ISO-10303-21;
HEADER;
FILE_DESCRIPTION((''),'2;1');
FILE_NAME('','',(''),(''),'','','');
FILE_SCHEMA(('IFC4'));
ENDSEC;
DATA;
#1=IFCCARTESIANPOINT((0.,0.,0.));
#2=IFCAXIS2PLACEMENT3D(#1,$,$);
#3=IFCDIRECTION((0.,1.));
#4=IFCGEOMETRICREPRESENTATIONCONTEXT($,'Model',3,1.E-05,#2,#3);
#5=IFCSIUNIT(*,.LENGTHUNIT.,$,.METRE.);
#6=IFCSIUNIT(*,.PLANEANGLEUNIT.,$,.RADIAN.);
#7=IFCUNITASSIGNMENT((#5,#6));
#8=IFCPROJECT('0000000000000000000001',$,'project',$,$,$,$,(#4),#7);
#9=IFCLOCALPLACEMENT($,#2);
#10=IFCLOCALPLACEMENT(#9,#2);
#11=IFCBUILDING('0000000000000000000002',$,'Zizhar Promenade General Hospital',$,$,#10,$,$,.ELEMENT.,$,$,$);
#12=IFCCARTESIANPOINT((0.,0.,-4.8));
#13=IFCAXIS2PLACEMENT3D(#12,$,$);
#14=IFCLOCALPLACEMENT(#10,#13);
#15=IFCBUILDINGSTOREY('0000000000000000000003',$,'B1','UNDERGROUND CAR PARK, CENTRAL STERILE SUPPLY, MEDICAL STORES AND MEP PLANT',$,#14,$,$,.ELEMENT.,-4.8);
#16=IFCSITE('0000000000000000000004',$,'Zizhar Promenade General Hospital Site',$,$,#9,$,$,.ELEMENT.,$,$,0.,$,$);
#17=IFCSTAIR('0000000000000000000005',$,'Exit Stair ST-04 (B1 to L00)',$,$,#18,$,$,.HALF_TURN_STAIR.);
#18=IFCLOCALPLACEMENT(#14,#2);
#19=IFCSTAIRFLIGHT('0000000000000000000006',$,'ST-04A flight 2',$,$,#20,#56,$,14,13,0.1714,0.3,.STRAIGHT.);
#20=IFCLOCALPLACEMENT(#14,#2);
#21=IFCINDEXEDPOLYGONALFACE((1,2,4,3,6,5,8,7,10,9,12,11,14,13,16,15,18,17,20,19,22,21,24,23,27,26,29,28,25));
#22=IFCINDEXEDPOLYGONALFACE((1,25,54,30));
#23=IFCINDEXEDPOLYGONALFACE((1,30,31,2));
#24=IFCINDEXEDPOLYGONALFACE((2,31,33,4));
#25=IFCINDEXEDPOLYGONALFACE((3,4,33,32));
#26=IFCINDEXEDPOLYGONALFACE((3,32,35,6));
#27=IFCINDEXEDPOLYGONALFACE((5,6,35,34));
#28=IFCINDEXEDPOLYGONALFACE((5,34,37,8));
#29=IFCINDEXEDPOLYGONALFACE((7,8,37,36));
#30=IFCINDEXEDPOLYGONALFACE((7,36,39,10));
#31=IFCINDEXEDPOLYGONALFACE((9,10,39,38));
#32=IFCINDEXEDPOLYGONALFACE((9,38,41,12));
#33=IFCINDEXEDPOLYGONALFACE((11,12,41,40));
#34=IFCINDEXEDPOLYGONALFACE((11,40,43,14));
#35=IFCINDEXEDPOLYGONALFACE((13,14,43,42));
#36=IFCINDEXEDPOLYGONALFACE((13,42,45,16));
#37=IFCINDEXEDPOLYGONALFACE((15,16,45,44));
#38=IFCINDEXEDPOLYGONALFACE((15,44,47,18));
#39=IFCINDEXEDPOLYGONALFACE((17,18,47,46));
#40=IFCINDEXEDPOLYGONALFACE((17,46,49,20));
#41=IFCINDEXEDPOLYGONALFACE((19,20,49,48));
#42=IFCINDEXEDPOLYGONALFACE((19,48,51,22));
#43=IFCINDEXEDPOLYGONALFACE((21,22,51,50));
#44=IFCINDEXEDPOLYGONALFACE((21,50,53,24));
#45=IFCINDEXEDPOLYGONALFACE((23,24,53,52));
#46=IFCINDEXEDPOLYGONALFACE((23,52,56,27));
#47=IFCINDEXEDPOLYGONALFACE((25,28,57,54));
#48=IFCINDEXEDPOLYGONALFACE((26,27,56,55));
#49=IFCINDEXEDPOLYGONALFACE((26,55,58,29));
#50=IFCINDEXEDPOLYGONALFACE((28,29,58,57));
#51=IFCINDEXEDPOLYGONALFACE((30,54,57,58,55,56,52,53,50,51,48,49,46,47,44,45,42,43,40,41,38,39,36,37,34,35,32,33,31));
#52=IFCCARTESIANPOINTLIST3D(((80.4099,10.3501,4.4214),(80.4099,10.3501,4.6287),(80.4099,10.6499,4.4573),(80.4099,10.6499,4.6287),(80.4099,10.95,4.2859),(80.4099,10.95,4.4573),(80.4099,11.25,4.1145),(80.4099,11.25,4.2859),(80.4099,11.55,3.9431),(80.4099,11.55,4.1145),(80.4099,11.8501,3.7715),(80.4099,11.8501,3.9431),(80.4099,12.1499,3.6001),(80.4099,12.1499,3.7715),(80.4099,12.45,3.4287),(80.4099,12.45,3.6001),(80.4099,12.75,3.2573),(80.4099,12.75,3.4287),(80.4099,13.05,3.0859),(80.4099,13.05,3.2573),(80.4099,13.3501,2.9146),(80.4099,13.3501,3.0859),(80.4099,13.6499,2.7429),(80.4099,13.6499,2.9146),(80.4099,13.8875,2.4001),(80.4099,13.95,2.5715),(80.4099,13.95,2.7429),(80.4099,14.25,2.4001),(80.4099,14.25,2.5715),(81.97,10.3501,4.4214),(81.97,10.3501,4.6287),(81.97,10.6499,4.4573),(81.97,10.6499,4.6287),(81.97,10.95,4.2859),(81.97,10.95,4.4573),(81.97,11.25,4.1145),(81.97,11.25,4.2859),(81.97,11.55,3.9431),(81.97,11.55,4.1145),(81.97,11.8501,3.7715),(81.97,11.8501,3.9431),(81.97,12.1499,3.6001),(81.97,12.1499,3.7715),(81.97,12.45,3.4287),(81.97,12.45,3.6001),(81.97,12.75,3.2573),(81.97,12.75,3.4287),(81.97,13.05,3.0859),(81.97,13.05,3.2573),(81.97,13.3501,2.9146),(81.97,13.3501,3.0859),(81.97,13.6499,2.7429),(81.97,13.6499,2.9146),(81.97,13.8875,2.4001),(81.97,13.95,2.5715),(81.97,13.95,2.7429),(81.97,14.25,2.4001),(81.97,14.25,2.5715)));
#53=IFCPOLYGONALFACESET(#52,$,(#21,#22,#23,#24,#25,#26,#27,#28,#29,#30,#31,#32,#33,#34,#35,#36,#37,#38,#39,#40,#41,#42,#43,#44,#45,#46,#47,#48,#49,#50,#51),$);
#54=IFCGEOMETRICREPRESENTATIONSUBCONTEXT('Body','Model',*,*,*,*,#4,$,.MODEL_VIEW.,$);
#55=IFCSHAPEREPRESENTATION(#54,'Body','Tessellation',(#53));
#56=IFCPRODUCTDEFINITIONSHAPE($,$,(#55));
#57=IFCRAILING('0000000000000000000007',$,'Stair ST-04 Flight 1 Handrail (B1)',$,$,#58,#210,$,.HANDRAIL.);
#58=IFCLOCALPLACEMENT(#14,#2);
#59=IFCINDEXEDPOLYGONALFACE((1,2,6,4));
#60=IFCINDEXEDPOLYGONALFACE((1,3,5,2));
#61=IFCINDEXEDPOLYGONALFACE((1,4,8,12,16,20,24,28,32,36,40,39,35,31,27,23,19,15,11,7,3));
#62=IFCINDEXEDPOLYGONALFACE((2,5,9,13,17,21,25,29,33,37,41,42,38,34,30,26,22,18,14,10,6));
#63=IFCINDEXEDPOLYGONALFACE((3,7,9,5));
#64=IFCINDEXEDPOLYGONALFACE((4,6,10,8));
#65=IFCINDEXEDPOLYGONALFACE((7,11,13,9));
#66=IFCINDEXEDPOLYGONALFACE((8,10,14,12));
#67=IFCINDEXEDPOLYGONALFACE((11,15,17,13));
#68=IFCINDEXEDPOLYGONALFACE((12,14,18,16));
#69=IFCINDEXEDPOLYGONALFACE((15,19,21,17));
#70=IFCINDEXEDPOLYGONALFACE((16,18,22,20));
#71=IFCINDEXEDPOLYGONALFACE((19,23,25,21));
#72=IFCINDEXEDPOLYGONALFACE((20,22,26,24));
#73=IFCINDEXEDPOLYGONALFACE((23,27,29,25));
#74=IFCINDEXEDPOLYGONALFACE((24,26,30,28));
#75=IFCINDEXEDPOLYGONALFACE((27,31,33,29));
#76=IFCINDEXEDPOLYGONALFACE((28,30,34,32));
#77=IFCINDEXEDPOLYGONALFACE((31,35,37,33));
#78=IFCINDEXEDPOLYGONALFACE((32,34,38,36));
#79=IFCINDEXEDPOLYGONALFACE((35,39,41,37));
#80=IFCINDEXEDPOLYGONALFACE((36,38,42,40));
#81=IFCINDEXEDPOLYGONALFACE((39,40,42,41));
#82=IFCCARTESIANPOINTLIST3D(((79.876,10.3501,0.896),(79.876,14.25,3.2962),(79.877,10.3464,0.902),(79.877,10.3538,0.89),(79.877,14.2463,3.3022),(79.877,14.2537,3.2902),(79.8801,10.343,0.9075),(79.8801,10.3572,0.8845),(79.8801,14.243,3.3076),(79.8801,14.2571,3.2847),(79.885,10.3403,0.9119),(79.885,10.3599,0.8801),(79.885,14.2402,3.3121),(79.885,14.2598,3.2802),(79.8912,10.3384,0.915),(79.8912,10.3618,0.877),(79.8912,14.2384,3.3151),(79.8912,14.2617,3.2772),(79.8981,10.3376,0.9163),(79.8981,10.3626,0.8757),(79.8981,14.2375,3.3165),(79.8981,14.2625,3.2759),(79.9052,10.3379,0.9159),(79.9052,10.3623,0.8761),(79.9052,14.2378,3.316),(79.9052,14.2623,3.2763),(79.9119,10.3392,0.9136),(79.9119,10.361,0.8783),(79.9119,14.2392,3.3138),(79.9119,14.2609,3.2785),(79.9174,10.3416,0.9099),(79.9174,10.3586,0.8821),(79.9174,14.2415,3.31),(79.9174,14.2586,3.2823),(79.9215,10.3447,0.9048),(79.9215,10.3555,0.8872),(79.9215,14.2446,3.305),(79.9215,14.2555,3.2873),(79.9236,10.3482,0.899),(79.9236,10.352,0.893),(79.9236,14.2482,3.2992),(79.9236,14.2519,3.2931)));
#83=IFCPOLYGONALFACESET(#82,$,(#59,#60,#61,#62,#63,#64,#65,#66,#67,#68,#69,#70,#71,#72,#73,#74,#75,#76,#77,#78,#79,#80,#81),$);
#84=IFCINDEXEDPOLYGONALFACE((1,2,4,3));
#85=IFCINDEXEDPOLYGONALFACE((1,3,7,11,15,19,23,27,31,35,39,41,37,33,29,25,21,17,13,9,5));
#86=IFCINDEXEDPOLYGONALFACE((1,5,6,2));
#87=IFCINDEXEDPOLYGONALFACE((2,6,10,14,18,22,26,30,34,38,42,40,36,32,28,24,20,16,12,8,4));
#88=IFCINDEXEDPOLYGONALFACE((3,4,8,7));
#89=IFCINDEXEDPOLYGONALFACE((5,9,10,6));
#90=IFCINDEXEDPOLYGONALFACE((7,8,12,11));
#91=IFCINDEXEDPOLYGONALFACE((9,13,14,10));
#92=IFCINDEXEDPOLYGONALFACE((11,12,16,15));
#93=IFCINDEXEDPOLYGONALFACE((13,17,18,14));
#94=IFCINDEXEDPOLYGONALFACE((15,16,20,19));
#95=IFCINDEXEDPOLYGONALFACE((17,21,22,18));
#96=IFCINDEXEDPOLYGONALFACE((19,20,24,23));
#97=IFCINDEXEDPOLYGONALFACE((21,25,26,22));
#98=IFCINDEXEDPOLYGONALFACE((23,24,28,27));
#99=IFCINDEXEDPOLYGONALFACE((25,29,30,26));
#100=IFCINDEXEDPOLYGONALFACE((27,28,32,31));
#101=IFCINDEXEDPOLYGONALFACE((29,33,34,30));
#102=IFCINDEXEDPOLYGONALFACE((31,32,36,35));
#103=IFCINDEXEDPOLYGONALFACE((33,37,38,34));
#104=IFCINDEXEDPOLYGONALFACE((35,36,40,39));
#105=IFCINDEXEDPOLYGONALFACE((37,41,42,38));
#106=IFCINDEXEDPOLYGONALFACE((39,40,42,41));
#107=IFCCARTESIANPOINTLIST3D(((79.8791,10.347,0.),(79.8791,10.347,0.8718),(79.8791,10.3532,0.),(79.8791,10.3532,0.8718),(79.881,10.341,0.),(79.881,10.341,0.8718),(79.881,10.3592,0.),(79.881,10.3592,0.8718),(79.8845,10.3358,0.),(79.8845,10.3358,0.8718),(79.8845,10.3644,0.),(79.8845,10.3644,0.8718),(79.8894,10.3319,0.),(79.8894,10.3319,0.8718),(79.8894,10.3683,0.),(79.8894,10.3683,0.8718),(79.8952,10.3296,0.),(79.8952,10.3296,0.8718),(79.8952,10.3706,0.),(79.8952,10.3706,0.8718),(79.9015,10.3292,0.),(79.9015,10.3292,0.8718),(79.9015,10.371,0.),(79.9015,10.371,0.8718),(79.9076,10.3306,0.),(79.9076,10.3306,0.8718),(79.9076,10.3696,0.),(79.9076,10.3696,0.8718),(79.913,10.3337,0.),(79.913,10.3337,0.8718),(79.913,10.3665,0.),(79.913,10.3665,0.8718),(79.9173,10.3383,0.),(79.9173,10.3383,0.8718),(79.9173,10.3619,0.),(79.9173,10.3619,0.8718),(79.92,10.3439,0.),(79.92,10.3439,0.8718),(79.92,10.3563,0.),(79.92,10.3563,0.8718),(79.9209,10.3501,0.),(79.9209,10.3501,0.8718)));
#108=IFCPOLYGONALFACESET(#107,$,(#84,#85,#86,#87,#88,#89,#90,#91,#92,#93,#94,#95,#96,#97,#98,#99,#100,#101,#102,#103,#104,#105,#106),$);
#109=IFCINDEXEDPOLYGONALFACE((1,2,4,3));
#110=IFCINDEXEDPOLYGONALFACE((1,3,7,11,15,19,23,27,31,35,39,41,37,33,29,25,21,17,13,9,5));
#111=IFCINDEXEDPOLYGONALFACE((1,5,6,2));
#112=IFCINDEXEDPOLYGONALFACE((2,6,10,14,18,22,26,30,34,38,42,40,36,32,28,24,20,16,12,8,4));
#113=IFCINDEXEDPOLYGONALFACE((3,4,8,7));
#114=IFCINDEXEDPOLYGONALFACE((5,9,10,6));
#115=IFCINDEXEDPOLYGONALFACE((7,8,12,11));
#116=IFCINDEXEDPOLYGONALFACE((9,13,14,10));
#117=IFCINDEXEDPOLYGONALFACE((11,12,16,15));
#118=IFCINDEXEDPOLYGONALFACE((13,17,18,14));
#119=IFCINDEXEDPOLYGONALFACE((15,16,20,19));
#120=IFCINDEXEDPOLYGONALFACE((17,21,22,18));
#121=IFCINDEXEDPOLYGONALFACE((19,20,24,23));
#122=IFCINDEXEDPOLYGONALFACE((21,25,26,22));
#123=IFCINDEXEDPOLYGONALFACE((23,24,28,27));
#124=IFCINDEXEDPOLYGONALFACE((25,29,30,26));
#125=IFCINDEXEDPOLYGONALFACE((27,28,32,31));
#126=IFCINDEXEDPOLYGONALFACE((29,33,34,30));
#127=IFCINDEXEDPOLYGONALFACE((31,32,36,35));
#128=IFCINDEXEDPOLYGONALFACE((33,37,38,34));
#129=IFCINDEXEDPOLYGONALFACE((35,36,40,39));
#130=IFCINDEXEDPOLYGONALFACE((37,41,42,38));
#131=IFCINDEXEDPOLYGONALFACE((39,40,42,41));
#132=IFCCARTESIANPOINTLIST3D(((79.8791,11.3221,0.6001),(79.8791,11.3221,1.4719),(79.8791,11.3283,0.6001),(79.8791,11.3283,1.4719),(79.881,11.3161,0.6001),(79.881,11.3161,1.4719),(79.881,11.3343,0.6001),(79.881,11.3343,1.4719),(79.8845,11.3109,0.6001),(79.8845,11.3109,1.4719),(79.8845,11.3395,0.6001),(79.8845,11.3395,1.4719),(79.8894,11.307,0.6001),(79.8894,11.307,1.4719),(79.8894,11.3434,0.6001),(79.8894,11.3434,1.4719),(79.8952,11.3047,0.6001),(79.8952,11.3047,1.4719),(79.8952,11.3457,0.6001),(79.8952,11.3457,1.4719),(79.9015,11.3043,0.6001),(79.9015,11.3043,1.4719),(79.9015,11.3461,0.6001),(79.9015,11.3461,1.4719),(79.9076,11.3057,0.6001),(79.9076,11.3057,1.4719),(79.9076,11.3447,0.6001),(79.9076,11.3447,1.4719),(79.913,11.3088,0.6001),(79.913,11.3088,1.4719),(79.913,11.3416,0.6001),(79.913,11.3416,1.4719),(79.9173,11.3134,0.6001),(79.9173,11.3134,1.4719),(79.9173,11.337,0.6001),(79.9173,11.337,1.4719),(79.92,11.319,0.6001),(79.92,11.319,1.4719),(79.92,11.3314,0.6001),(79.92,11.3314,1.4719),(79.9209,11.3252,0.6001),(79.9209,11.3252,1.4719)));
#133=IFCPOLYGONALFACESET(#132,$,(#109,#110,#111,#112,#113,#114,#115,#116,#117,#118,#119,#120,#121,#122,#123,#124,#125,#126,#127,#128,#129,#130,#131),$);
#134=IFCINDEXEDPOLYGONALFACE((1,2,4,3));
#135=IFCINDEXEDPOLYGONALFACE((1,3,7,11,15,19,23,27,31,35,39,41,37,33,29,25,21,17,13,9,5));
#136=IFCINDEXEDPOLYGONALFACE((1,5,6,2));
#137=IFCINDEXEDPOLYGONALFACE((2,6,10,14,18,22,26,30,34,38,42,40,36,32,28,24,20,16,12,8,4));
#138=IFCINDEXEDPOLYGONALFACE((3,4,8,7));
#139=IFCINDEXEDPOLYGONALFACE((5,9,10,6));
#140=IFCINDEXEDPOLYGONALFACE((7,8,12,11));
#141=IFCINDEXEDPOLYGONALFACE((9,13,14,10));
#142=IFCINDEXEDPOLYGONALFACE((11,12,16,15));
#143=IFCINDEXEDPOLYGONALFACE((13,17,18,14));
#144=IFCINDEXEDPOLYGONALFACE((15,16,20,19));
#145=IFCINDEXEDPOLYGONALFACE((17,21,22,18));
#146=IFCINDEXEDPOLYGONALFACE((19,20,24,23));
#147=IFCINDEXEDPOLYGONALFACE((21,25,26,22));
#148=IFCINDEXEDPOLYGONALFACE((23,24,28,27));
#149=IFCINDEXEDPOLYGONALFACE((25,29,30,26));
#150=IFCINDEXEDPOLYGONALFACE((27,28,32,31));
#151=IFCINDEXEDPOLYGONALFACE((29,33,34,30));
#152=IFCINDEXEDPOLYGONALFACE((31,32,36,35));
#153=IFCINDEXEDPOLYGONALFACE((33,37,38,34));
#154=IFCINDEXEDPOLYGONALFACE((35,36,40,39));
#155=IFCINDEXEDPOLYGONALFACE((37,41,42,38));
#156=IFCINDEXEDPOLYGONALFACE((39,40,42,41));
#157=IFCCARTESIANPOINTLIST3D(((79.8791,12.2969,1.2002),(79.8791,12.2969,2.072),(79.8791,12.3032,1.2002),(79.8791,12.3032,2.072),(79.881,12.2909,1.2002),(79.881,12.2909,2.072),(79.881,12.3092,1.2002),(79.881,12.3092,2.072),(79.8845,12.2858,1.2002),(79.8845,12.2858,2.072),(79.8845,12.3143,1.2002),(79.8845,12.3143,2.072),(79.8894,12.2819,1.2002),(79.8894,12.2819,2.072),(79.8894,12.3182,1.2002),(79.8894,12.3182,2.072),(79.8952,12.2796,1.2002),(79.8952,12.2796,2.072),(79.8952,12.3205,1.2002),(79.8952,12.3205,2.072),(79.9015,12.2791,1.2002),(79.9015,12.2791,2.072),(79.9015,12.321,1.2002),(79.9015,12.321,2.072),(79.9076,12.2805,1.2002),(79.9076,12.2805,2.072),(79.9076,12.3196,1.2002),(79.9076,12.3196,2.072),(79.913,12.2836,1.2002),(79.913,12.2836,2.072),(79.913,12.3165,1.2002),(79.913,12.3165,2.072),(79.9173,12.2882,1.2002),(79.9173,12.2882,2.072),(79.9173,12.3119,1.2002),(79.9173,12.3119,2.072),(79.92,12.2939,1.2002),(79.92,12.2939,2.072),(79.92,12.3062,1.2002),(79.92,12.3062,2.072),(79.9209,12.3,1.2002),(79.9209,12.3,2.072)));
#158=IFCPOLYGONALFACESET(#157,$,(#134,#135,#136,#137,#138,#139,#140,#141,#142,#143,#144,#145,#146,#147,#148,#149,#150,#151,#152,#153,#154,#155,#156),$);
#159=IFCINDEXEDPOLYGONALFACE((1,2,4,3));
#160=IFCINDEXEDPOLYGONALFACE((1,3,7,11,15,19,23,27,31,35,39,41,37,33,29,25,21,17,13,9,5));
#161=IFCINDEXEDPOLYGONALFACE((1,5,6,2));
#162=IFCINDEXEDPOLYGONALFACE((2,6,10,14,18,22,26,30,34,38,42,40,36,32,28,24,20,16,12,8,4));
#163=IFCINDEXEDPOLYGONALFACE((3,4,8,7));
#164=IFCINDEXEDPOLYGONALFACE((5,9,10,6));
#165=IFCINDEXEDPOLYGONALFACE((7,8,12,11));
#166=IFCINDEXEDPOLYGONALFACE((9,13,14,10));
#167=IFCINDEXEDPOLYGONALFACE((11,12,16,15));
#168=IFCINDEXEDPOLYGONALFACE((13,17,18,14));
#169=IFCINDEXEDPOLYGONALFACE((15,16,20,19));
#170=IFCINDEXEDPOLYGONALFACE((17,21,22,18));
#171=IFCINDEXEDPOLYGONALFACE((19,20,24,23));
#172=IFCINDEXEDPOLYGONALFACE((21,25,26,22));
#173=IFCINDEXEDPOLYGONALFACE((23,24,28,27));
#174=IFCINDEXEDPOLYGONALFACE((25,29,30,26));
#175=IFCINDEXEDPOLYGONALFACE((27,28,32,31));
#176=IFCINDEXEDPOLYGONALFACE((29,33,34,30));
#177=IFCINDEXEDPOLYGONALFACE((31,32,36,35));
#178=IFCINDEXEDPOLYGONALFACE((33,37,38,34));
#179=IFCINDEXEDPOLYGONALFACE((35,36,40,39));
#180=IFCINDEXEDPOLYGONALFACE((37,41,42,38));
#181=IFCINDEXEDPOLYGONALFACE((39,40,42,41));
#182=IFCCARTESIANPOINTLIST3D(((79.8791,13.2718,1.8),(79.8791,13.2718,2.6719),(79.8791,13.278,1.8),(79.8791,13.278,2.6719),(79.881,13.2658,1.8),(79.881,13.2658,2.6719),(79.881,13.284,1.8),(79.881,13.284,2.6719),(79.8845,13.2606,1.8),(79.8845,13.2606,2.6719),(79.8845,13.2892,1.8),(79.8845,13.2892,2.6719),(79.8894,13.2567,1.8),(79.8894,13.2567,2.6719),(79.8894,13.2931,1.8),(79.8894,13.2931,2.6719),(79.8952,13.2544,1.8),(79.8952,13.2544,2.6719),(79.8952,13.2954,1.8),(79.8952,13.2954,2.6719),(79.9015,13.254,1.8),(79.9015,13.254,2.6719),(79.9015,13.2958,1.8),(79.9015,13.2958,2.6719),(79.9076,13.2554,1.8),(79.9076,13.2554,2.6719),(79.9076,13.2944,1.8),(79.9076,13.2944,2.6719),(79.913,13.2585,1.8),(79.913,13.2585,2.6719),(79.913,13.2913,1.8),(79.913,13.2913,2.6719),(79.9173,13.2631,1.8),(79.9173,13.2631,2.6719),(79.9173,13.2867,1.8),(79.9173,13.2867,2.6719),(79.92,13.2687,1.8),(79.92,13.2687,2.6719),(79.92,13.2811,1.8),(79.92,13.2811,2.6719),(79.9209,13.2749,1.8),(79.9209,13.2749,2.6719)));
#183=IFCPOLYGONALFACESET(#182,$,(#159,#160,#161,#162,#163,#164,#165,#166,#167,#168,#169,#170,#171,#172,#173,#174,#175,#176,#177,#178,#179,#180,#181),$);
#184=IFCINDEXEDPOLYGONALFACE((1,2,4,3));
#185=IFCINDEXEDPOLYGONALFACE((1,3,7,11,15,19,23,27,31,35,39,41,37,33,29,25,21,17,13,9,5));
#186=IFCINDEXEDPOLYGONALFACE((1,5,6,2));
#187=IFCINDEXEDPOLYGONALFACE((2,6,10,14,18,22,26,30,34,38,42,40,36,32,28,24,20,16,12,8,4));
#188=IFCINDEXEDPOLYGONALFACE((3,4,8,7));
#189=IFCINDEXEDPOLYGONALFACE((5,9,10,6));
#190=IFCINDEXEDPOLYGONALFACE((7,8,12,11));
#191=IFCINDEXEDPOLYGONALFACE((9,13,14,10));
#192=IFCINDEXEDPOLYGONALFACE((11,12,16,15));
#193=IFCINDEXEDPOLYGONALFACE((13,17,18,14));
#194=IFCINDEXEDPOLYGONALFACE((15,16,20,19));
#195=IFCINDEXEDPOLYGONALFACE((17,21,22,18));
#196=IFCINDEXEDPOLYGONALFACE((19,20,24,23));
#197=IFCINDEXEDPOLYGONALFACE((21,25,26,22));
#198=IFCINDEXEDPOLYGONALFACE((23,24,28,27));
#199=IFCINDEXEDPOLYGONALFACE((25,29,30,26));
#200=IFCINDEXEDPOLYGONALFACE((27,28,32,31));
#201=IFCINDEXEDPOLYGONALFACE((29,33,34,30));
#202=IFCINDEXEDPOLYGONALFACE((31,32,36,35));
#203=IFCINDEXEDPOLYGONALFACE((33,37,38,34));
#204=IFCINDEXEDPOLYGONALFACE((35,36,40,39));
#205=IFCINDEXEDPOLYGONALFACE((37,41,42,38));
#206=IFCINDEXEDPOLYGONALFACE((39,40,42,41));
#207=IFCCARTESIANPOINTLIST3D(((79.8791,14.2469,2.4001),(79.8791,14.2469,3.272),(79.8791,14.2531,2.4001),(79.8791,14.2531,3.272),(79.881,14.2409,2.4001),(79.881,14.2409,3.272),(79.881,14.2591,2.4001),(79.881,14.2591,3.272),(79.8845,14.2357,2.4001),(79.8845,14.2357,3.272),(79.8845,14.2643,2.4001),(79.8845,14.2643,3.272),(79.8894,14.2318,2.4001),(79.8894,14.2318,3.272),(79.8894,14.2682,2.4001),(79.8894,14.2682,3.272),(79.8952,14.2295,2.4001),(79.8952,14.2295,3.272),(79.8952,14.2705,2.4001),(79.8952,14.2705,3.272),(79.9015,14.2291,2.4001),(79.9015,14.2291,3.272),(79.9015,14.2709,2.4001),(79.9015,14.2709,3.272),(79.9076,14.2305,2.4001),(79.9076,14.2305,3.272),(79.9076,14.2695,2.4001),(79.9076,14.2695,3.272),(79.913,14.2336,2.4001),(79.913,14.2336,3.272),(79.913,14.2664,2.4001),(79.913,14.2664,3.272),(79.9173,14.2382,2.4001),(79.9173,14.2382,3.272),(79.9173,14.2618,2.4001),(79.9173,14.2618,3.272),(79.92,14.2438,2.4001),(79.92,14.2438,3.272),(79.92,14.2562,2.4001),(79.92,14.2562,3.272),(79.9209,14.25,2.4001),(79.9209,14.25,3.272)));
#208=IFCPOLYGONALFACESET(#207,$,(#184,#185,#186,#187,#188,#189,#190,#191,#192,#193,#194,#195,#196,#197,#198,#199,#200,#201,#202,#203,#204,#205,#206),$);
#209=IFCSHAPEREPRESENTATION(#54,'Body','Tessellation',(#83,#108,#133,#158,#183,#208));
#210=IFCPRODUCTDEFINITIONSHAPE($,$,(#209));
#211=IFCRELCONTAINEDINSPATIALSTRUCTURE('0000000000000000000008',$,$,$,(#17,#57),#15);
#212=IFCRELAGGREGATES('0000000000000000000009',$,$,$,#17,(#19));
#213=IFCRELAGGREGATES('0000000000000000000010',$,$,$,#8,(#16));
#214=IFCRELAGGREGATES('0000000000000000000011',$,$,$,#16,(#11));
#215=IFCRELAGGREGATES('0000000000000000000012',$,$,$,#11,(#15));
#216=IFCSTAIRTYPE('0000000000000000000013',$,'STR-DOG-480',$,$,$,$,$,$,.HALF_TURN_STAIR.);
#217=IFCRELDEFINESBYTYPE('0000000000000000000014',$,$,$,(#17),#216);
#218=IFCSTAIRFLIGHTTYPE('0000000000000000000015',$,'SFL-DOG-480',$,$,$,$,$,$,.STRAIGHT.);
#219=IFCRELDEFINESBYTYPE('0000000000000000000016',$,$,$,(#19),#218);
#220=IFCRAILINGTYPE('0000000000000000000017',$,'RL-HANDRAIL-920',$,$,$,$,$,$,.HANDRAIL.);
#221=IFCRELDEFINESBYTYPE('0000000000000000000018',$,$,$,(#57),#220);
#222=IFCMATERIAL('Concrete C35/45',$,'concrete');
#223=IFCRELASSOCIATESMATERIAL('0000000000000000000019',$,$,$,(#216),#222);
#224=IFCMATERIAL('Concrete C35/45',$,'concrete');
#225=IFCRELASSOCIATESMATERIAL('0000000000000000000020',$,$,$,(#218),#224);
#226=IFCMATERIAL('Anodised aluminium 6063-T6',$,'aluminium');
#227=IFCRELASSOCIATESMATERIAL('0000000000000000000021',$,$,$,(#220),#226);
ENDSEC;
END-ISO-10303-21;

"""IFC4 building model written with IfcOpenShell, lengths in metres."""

from ifc_helpers import new_model, si_unit, direction, frame, origin, origin_2d, place, context, subcontext, project, spatial, polyline, circle, hollow_circle, outline, extrude, material, material_profile, profile_set, type_object, element, aggregate, save


model = new_model("IFC4")

# Units and contexts
model_context = context("Model", 3, precision=1e-05, world=origin(), true_north=direction((0.0, 1.0)))
body_context = subcontext(model_context, "Body", "Model", "MODEL_VIEW")
ifc_project = project(units=[si_unit("LENGTHUNIT", "METRE"), si_unit("PLANEANGLEUNIT", "RADIAN")], contexts=[model_context])

# Site, building, storey
site_placement = place(None, origin())
site = spatial("IfcSite", under=ifc_project, at=site_placement, Name="Zizhar Promenade General Hospital Site", CompositionType="ELEMENT", RefElevation=0.0)
building_placement = place(site_placement, origin())
building = spatial("IfcBuilding", under=site, at=building_placement, Name="Zizhar Promenade General Hospital", CompositionType="ELEMENT")
storey_placement = place(building_placement, frame((0.0, 0.0, -4.8)))
storey = spatial("IfcBuildingStorey", under=building, at=storey_placement, Name="B1", Description="UNDERGROUND CAR PARK, CENTRAL STERILE SUPPLY, MEDICAL STORES AND MEP PLANT", CompositionType="ELEMENT", Elevation=-4.8)

# Stair, stair flight
ifc_material_1 = material(Name="Concrete C35/45", Category="concrete")
stair_type = type_object("IfcStairType", Name="STR-DOG-480", PredefinedType="HALF_TURN_STAIR", material=ifc_material_1)
stair_placement = place(storey_placement, origin())
stair = element("IfcStair", 1, at=stair_placement, inside=storey, type_object=stair_type, Name="Exit Stair ST-04 (B1 to L00)", PredefinedType="HALF_TURN_STAIR")
ifc_material_2 = material(Name="Concrete C35/45", Category="concrete")
stair_flight_type = type_object("IfcStairFlightType", Name="SFL-DOG-480", PredefinedType="STRAIGHT", material=ifc_material_2)
stair_flight_1_placement = place(storey_placement, frame((81.1899, 14.25, 2.4001), z_axis=(0.0, 0.0, 1.0), x_axis=(0.0, -1.0, 0.0)))
stair_flight_1 = element("IfcStairFlight", 2, at=stair_flight_1_placement, type_object=stair_flight_type, Name="ST-04A flight 2", NumberOfRisers=14, NumberOfTreads=13, PredefinedType="STRAIGHT", RiserHeight=0.1714, TreadLength=0.3, context=body_context, shape_type="SweptSolid", body=[
    extrude(outline(polyline([(0.0, 0.0), (0.0, 0.1714), (0.3, 0.1714), (0.3, 0.3428), (0.6001, 0.3428), (0.6001, 0.5144), (0.8999, 0.5144), (0.8999, 0.6858), (1.2, 0.6858), (1.2, 0.8572), (1.5, 0.8572), (1.5, 1.0286), (1.8, 1.0286), (1.8, 1.2), (2.1001, 1.2), (2.1001, 1.3713), (2.3999, 1.3713), (2.3999, 1.543), (2.7, 1.543), (2.7, 1.7144), (3.0, 1.7144), (3.0, 1.8857), (3.3, 1.8857), (3.3, 2.0571), (3.6001, 2.0571), (3.6001, 2.2285), (3.8999, 2.2285), (3.8999, 2.3999), (3.8999, 2.0212), (0.3625, 0.0), (0.0, 0.0)])), frame((0.0, 0.78, 0.0), z_axis=(0.0, -1.0, 0.0), x_axis=(1.0, 0.0, 0.0)), (0.0, 0.0, 1.0), 1.5601),
])
aggregate(stair, [stair_flight_1])

# Railing
ifc_material_3 = material(Name="Anodised aluminium 6063-T6", Category="aluminium")
ifc_material_profile_1 = material_profile(ifc_material_3, hollow_circle(Radius=0.0698, WallThickness=0.0063, at=origin_2d()))
ifc_profile_set_1 = profile_set([ifc_material_profile_1], Name="Anodised aluminium 6063-T6")
railing_type_1 = type_object("IfcRailingType", Name="RL-HANDRAIL-920", PredefinedType="HANDRAIL", material=ifc_profile_set_1)
railing_1_placement = place(storey_placement, frame((79.8999, 10.3501, 0.0)))
element("IfcRailing", 3, at=railing_1_placement, inside=storey, type_object=railing_type_1, Name="Stair ST-04 Flight 1 Handrail (B1)", PredefinedType="HANDRAIL", context=body_context, shape_type="SweptSolid", body=[
    extrude(circle(Radius=0.0239, at=origin_2d()), frame((0.0, 0.0, 0.896), z_axis=(0.0, 0.851638, 0.52413), x_axis=(-1.0, 0.0, 0.0)), (0.0, 0.0, 1.0), 4.5793),
    extrude(circle(Radius=0.021, at=origin_2d()), origin(), (0.0, 0.0, 1.0), 0.8718),
    extrude(circle(Radius=0.021, at=origin_2d()), frame((0.0, 0.9751, 0.6001)), (0.0, 0.0, 1.0), 0.8718),
    extrude(circle(Radius=0.021, at=origin_2d()), frame((0.0, 1.95, 1.2002)), (0.0, 0.0, 1.0), 0.8718),
    extrude(circle(Radius=0.021, at=origin_2d()), frame((0.0, 2.9248, 1.8)), (0.0, 0.0, 1.0), 0.8718),
    extrude(circle(Radius=0.021, at=origin_2d()), frame((0.0, 3.8999, 2.4001)), (0.0, 0.0, 1.0), 0.8718),
])

save(model, "model.ifc")
